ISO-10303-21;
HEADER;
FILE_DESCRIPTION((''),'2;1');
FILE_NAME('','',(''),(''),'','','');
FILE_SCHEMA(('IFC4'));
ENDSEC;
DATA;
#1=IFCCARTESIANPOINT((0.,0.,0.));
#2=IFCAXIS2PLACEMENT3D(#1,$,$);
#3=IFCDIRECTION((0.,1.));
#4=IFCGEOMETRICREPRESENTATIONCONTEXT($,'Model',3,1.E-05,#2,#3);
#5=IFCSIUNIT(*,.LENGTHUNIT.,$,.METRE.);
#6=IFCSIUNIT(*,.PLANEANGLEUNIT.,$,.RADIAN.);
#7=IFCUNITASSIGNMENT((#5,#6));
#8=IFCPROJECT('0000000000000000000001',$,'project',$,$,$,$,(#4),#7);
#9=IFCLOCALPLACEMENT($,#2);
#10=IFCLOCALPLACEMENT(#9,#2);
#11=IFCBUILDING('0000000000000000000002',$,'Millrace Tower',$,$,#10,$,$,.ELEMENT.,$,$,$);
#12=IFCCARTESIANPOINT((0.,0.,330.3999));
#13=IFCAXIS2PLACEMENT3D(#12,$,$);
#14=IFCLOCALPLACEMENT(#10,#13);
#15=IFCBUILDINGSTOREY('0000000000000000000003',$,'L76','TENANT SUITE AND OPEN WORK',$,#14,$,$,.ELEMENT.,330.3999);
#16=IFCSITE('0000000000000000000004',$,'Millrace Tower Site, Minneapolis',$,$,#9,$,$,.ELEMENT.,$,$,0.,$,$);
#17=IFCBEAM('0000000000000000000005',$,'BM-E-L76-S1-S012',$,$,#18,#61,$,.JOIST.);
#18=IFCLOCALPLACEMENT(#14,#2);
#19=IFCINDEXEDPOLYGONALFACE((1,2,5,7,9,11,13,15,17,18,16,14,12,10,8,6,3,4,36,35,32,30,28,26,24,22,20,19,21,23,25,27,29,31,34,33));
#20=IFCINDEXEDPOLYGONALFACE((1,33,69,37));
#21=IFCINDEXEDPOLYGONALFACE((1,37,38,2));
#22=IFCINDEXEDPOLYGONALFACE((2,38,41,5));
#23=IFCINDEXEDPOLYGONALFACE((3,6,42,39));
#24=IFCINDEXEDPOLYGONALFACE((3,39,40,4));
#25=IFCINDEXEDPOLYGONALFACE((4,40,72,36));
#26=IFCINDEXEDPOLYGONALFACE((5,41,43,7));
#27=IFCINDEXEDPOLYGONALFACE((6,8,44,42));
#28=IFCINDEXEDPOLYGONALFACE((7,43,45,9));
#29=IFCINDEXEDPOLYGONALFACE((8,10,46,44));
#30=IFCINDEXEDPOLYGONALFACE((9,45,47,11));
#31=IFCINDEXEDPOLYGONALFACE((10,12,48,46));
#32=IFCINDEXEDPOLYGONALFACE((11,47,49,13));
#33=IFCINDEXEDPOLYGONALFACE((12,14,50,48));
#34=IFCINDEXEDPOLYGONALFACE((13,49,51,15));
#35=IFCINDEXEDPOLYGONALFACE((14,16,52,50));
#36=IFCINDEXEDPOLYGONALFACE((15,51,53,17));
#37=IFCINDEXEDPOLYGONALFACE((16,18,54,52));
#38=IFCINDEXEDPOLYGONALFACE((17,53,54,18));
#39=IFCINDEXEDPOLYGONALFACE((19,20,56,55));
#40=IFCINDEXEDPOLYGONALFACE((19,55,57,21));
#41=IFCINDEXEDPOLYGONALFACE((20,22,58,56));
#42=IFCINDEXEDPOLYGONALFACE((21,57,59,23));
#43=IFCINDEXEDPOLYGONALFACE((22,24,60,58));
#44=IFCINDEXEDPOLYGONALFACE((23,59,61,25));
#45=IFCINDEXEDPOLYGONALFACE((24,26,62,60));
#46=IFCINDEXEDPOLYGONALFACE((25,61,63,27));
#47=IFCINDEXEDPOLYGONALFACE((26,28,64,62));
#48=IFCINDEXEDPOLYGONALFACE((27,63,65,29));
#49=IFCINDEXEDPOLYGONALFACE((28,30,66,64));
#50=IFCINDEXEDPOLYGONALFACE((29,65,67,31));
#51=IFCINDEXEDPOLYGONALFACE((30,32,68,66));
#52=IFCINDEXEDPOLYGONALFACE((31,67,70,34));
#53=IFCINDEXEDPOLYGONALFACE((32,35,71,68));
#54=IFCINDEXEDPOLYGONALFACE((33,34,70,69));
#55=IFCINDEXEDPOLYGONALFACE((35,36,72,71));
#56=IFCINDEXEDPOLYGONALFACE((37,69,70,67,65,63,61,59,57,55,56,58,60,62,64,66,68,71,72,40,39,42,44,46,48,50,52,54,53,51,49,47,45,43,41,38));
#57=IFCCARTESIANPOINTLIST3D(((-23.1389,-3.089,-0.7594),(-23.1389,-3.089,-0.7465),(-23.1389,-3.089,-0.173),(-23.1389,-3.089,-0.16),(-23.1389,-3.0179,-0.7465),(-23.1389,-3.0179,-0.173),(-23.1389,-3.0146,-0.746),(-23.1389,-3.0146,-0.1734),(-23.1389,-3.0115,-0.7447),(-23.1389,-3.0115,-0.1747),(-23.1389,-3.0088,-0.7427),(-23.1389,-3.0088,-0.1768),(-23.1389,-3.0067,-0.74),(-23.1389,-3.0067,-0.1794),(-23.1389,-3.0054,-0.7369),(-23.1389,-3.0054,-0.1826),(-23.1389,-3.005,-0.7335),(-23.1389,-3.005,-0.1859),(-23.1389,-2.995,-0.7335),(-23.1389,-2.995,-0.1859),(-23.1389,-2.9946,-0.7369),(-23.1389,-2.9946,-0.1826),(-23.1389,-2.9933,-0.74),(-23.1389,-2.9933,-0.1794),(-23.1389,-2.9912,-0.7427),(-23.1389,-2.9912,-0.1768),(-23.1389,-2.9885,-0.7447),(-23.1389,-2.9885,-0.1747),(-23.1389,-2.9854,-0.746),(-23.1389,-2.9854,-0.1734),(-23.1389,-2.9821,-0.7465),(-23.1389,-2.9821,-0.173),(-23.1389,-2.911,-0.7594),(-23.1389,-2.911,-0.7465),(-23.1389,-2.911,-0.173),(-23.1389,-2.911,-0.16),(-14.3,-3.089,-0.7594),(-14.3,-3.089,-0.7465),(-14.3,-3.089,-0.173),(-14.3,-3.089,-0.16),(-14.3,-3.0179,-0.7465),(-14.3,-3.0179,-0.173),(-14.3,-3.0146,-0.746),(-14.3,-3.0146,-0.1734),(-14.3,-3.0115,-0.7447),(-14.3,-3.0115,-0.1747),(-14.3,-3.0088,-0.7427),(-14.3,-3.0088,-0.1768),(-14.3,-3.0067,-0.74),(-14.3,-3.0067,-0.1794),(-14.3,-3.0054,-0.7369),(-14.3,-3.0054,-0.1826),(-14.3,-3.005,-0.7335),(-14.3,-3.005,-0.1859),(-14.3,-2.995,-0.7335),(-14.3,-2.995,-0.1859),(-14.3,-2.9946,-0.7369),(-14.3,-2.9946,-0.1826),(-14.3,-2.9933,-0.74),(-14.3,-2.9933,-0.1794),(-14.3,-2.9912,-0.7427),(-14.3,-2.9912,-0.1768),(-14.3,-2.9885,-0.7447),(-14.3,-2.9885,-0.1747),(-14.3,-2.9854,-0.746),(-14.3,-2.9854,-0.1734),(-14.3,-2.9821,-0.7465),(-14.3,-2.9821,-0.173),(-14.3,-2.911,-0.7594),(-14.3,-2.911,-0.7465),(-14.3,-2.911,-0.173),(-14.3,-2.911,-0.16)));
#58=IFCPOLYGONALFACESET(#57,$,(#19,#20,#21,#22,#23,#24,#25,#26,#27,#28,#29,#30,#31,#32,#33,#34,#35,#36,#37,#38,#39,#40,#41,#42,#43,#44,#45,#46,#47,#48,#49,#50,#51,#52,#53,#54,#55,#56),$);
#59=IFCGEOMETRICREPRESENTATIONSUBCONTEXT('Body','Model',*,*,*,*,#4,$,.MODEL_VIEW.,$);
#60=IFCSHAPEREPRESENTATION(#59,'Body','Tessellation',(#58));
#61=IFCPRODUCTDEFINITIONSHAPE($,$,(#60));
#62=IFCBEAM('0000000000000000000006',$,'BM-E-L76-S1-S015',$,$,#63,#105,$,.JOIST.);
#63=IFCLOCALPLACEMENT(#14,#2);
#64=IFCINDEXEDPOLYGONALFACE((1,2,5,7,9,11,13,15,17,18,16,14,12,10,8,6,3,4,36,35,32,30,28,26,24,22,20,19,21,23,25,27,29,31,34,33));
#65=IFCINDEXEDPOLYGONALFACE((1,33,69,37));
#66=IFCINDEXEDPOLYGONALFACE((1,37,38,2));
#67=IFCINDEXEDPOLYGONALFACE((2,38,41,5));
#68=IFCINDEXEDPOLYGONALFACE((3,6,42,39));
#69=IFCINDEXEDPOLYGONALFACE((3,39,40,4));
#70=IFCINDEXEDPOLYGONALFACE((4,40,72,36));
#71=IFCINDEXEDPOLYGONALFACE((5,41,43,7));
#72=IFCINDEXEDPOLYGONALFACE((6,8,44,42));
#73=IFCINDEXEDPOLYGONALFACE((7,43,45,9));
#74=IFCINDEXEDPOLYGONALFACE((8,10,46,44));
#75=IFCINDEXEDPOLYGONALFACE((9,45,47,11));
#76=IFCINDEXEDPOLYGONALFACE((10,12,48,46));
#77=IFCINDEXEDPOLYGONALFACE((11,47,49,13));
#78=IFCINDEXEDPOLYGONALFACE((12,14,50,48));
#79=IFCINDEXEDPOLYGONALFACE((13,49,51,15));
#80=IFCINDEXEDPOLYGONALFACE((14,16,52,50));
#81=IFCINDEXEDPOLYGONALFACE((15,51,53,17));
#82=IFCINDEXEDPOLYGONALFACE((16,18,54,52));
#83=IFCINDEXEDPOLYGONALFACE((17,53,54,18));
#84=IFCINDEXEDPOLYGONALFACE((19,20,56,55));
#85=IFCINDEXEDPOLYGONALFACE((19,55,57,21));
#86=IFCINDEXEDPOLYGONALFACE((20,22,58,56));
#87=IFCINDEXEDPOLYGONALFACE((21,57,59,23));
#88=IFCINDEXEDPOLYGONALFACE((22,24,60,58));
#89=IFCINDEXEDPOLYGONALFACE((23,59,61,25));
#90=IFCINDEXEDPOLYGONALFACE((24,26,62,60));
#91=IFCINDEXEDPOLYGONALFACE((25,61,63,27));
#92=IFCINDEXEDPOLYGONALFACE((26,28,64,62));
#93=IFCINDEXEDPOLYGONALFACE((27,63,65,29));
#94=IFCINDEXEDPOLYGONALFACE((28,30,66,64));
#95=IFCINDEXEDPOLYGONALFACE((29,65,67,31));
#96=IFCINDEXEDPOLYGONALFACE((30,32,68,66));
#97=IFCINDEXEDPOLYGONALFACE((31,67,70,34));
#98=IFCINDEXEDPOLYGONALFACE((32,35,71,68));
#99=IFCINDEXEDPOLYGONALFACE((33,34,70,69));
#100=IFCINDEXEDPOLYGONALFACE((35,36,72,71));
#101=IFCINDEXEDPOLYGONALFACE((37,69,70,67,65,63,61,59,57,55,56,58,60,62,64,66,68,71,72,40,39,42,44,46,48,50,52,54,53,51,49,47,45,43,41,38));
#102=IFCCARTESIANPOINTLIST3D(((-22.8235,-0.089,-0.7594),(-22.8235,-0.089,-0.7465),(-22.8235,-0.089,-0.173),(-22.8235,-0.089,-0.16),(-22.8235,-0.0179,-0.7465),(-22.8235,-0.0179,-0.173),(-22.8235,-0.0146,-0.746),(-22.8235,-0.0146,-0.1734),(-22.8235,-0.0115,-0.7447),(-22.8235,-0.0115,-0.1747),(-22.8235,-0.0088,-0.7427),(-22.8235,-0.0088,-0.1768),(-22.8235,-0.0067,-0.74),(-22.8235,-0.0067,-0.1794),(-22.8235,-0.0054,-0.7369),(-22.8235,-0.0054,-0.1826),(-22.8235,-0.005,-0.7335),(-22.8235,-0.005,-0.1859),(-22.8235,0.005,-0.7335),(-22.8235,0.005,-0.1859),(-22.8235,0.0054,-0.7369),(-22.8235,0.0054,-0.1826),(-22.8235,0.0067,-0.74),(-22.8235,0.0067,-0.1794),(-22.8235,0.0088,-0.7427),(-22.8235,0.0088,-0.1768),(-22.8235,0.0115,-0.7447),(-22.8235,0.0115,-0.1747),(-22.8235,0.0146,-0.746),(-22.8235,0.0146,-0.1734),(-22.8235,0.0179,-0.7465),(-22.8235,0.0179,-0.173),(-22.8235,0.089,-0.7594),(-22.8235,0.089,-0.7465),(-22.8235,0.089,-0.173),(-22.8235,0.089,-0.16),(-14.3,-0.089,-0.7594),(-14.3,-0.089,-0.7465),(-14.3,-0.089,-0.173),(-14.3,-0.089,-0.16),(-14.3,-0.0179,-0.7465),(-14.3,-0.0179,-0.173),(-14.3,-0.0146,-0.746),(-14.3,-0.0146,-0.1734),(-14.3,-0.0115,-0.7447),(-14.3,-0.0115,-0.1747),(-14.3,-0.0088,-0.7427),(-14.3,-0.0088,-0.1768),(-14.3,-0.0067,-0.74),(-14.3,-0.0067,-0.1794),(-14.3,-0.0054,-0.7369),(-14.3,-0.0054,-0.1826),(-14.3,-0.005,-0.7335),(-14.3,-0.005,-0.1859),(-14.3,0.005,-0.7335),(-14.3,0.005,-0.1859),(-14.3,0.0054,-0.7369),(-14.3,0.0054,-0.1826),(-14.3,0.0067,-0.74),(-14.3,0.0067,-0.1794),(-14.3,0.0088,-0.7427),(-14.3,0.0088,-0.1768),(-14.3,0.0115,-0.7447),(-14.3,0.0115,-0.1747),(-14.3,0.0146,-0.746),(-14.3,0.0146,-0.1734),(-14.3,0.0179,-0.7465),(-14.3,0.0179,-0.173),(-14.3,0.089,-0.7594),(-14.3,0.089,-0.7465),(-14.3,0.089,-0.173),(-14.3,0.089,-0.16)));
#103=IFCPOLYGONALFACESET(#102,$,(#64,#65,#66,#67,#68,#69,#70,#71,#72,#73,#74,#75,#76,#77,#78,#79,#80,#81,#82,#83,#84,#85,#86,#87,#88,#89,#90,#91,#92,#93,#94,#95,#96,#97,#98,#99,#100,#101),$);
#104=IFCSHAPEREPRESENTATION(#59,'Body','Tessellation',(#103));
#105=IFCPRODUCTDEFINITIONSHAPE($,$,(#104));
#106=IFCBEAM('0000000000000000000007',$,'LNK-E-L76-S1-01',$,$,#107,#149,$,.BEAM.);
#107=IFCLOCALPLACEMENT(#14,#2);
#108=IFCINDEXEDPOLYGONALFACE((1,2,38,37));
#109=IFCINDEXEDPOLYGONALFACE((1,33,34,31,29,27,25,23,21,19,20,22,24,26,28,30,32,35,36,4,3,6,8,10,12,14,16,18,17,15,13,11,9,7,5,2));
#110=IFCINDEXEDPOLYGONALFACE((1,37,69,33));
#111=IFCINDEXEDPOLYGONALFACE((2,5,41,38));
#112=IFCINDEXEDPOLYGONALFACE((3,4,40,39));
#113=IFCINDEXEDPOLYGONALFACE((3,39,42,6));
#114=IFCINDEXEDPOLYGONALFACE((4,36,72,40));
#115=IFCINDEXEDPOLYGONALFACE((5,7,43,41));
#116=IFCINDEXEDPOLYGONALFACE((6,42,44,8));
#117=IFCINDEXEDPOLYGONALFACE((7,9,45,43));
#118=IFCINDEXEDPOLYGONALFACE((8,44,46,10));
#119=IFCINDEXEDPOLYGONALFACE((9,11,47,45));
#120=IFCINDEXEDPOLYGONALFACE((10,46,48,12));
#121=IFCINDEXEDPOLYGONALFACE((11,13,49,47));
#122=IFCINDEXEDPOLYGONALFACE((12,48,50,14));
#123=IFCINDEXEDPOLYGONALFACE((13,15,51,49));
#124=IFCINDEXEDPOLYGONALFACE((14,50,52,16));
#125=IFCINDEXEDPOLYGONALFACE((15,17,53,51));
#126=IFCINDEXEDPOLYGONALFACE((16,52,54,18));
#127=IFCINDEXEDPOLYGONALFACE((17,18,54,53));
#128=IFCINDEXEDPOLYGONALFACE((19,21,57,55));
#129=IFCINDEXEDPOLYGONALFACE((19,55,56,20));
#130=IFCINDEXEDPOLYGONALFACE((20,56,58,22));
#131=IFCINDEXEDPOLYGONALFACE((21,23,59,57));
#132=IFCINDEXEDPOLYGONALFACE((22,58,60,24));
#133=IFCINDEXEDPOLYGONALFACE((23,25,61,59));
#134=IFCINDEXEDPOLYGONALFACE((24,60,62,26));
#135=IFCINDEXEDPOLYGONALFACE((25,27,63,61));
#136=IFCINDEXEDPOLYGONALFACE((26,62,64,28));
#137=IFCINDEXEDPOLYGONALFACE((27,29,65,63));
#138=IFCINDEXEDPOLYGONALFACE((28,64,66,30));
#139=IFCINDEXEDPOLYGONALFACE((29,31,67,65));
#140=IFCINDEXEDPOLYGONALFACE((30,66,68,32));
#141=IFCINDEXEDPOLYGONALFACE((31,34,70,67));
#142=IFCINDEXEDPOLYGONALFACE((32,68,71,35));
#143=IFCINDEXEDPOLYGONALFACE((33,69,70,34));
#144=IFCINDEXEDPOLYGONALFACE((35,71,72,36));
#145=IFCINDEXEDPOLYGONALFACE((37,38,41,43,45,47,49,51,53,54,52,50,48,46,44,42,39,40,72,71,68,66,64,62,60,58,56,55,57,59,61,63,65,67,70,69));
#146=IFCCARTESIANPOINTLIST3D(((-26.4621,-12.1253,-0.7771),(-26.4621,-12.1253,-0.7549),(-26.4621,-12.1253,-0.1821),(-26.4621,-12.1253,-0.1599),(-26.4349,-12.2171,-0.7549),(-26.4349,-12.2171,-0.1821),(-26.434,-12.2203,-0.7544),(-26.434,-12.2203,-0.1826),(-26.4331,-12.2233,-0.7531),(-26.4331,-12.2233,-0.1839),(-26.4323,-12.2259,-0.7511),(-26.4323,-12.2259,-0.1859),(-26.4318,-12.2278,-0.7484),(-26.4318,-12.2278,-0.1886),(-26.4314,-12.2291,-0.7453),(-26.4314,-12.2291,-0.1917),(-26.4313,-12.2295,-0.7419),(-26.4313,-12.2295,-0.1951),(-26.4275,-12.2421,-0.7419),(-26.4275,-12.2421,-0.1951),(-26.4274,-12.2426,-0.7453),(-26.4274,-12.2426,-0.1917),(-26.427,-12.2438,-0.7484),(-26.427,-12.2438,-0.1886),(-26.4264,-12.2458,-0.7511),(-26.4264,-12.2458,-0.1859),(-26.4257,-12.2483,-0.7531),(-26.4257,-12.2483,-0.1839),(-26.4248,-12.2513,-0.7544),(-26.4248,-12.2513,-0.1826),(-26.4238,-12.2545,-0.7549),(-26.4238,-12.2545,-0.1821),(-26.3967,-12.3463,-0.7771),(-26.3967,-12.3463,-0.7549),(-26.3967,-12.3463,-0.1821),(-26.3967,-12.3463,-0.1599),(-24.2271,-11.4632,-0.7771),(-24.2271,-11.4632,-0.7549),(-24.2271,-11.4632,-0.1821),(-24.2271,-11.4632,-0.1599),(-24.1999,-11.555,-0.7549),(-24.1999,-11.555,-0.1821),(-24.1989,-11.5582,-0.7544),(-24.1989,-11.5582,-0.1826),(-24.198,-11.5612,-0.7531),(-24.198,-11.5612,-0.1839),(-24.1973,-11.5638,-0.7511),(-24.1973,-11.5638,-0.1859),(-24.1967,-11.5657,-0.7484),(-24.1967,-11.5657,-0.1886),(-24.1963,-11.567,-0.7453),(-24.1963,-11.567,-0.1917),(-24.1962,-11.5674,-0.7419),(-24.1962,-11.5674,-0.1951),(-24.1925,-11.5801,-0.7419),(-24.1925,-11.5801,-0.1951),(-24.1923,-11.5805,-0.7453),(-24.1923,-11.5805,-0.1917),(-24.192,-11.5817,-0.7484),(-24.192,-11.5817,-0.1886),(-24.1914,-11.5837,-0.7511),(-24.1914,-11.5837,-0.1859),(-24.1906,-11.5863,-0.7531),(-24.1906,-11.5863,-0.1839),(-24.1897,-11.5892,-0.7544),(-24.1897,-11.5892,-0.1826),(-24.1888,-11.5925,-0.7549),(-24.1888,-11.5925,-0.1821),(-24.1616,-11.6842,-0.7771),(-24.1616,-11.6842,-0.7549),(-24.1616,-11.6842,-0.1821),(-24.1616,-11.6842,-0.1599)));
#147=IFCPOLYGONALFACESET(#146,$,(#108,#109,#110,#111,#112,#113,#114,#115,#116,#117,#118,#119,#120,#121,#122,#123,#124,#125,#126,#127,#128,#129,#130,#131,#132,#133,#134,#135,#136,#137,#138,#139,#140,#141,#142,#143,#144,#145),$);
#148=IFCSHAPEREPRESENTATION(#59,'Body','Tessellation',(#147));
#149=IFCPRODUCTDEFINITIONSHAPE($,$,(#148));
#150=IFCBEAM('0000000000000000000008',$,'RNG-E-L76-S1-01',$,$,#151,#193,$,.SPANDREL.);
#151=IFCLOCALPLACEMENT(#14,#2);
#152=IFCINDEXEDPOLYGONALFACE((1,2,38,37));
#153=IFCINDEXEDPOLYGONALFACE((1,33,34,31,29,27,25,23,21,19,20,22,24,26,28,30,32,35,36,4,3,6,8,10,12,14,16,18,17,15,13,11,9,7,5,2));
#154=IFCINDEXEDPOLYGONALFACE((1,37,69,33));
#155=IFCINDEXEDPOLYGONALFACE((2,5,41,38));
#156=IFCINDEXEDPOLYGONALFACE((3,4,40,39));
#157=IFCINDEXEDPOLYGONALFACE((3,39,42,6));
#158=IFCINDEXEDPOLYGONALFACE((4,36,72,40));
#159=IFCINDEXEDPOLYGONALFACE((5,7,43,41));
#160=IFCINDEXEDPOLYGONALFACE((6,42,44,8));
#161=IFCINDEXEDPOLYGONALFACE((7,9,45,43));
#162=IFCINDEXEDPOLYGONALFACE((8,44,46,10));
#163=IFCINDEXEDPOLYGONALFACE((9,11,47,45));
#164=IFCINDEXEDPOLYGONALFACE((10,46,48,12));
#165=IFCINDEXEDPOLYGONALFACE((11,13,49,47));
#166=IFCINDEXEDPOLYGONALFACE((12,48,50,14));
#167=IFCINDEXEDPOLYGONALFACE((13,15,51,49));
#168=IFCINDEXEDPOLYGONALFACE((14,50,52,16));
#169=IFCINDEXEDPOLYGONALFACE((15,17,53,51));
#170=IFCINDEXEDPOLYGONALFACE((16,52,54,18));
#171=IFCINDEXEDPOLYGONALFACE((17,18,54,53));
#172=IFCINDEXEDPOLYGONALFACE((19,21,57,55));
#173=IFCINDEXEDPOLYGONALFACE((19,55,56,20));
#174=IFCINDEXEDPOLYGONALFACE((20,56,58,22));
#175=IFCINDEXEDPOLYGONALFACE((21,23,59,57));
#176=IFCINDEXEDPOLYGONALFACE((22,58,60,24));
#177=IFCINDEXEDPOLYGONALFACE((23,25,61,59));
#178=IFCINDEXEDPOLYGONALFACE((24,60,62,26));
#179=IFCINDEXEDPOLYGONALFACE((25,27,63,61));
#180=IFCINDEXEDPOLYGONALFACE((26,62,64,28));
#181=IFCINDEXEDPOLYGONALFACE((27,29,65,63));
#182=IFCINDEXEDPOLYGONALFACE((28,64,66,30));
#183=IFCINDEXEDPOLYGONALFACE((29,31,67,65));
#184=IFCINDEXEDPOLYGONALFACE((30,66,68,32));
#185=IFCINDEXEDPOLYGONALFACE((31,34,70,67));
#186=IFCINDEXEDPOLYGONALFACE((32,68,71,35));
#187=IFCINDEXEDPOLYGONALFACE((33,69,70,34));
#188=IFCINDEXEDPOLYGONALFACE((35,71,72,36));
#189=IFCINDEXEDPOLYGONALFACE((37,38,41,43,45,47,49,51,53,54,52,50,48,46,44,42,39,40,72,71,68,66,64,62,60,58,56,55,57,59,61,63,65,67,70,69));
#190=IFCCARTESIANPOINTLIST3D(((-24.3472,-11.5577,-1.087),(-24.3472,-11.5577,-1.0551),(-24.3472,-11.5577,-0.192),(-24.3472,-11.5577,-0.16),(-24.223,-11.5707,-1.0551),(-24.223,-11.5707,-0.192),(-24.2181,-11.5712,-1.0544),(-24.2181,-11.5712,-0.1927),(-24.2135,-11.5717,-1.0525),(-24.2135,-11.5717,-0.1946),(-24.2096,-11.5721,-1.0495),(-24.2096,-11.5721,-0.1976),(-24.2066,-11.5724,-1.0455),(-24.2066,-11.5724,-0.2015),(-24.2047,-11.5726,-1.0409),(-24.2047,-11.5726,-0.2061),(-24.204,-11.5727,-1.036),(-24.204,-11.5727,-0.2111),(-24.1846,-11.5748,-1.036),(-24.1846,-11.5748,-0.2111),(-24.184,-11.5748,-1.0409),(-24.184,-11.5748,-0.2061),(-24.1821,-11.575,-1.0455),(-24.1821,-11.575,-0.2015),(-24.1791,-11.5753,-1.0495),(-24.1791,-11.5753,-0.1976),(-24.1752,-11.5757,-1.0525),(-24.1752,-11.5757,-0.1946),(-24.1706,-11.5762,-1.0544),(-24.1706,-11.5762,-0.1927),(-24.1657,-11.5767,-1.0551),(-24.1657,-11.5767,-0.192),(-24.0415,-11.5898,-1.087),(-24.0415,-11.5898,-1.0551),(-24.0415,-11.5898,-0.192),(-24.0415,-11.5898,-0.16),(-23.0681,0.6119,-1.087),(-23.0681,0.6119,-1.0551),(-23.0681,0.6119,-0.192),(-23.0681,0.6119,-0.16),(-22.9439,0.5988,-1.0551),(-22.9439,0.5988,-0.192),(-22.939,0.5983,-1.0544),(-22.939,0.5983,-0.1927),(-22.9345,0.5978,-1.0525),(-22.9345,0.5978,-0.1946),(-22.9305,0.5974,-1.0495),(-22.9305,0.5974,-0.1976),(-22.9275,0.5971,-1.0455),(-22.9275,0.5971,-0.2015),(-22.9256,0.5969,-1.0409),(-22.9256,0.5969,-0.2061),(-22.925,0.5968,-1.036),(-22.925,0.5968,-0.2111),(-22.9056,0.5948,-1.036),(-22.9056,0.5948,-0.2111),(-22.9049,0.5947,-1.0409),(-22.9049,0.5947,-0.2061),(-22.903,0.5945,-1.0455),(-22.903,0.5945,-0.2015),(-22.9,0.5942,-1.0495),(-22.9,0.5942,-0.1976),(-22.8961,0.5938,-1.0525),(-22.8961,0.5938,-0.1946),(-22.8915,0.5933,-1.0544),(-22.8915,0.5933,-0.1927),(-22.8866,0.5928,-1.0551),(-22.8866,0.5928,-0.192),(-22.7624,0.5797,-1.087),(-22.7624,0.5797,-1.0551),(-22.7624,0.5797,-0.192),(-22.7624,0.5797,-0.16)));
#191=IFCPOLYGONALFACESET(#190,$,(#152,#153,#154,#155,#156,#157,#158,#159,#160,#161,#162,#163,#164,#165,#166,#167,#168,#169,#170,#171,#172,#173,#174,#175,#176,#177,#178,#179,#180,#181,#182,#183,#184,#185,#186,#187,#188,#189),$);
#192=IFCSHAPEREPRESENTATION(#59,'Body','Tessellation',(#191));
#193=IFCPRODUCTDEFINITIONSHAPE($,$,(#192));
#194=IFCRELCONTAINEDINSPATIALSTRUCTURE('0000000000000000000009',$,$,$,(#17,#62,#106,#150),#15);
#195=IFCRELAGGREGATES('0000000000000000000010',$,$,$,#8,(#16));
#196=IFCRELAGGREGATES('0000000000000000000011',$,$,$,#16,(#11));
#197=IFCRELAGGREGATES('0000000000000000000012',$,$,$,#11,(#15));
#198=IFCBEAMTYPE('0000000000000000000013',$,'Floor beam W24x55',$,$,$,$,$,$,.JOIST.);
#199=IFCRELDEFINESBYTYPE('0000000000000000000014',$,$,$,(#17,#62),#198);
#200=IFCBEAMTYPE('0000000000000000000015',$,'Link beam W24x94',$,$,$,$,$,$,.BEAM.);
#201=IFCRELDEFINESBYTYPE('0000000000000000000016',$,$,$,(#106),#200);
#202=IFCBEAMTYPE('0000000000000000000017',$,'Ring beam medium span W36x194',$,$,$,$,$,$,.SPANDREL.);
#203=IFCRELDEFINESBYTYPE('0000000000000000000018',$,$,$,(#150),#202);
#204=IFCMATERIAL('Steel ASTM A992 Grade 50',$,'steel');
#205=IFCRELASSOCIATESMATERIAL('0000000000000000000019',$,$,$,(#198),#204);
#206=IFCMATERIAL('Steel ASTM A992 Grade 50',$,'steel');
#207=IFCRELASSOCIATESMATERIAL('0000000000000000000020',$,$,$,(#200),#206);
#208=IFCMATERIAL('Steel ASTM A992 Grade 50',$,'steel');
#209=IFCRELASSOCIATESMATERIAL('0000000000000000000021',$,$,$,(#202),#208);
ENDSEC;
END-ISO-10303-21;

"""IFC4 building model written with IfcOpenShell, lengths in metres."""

from ifc_helpers import new_model, si_unit, direction, frame, origin, origin_2d, place, context, subcontext, project, spatial, i_section, extrude, material, material_profile, profile_set, type_object, element, save


model = new_model("IFC4")

# Units and contexts
model_context = context("Model", 3, precision=1e-05, world=origin(), true_north=direction((0.0, 1.0)))
body_context = subcontext(model_context, "Body", "Model", "MODEL_VIEW")
ifc_project = project(units=[si_unit("LENGTHUNIT", "METRE"), si_unit("PLANEANGLEUNIT", "RADIAN")], contexts=[model_context])

# Site, building, storey
site_placement = place(None, origin())
site = spatial("IfcSite", under=ifc_project, at=site_placement, Name="Millrace Tower Site, Minneapolis", CompositionType="ELEMENT", RefElevation=0.0)
building_placement = place(site_placement, origin())
building = spatial("IfcBuilding", under=site, at=building_placement, Name="Millrace Tower", CompositionType="ELEMENT")
storey_placement = place(building_placement, frame((0.0, 0.0, 330.3999)))
storey = spatial("IfcBuildingStorey", under=building, at=storey_placement, Name="L76", Description="TENANT SUITE AND OPEN WORK", CompositionType="ELEMENT", Elevation=330.3999)

# Beams
ifc_material_1 = material(Name="Steel ASTM A992 Grade 50", Category="steel")
ifc_material_profile_1 = material_profile(ifc_material_1, i_section(OverallWidth=0.178, OverallDepth=0.5994, WebThickness=0.01, FlangeThickness=0.0129, FilletRadius=0.0129, at=origin_2d()))
ifc_profile_set_1 = profile_set([ifc_material_profile_1], Name="Steel ASTM A992 Grade 50")
beam_type_1 = type_object("IfcBeamType", Name="Floor beam W24x55", PredefinedType="JOIST", material=ifc_profile_set_1)
beam_1_placement = place(storey_placement, frame((-23.1389, -3.0, -0.4597), z_axis=(1.0, 0.0, 0.0), x_axis=(0.0, 1.0, 0.0)))
element("IfcBeam", 1, at=beam_1_placement, inside=storey, type_object=beam_type_1, Name="BM-E-L76-S1-S012", PredefinedType="JOIST", context=body_context, shape_type="SweptSolid", body=[
    extrude(i_section(OverallWidth=0.178, OverallDepth=0.5994, WebThickness=0.01, FlangeThickness=0.0129, FilletRadius=0.0129, at=origin_2d()), origin(), (0.0, 0.0, 1.0), 8.8389),
])
beam_2_placement = place(storey_placement, frame((-22.8235, 0.0, -0.4597), z_axis=(1.0, 0.0, 0.0), x_axis=(0.0, 1.0, 0.0)))
element("IfcBeam", 2, at=beam_2_placement, inside=storey, type_object=beam_type_1, Name="BM-E-L76-S1-S015", PredefinedType="JOIST", context=body_context, shape_type="SweptSolid", body=[
    extrude(i_section(OverallWidth=0.178, OverallDepth=0.5994, WebThickness=0.01, FlangeThickness=0.0129, FilletRadius=0.0129, at=origin_2d()), origin(), (0.0, 0.0, 1.0), 8.5234),
])
ifc_material_2 = material(Name="Steel ASTM A992 Grade 50", Category="steel")
ifc_material_profile_2 = material_profile(ifc_material_2, i_section(OverallWidth=0.2305, OverallDepth=0.6172, WebThickness=0.0132, FlangeThickness=0.0222, FilletRadius=0.0129, at=origin_2d()))
ifc_profile_set_2 = profile_set([ifc_material_profile_2], Name="Steel ASTM A992 Grade 50")
beam_type_2 = type_object("IfcBeamType", Name="Link beam W24x94", PredefinedType="BEAM", material=ifc_profile_set_2)
beam_3_placement = place(storey_placement, frame((-24.1943, -11.5737, -0.4685), z_axis=(-0.958815, -0.284031, 0.0), x_axis=(0.284031, -0.958815, 0.0)))
element("IfcBeam", 3, at=beam_3_placement, inside=storey, type_object=beam_type_2, Name="LNK-E-L76-S1-01", PredefinedType="BEAM", context=body_context, shape_type="SweptSolid", body=[
    extrude(i_section(OverallWidth=0.2305, OverallDepth=0.6172, WebThickness=0.0132, FlangeThickness=0.0222, FilletRadius=0.0129, at=origin_2d()), origin(), (0.0, 0.0, 1.0), 2.3311),
])
ifc_material_3 = material(Name="Steel ASTM A992 Grade 50", Category="steel")
ifc_material_profile_3 = material_profile(ifc_material_3, i_section(OverallWidth=0.3074, OverallDepth=0.927, WebThickness=0.0195, FlangeThickness=0.032, FilletRadius=0.019, at=origin_2d()))
ifc_profile_set_3 = profile_set([ifc_material_profile_3], Name="Steel ASTM A992 Grade 50")
beam_type_3 = type_object("IfcBeamType", Name="Ring beam medium span W36x194", PredefinedType="SPANDREL", material=ifc_profile_set_3)
beam_4_placement = place(storey_placement, frame((-24.1943, -11.5737, -0.6235), z_axis=(0.104528, 0.994522, 0.0), x_axis=(-0.994522, 0.104528, 0.0)))
element("IfcBeam", 4, at=beam_4_placement, inside=storey, type_object=beam_type_3, Name="RNG-E-L76-S1-01", PredefinedType="SPANDREL", context=body_context, shape_type="SweptSolid", body=[
    extrude(i_section(OverallWidth=0.3074, OverallDepth=0.927, WebThickness=0.0195, FlangeThickness=0.032, FilletRadius=0.019, at=origin_2d()), origin(), (0.0, 0.0, 1.0), 12.2366),
])

save(model, "model.ifc")
